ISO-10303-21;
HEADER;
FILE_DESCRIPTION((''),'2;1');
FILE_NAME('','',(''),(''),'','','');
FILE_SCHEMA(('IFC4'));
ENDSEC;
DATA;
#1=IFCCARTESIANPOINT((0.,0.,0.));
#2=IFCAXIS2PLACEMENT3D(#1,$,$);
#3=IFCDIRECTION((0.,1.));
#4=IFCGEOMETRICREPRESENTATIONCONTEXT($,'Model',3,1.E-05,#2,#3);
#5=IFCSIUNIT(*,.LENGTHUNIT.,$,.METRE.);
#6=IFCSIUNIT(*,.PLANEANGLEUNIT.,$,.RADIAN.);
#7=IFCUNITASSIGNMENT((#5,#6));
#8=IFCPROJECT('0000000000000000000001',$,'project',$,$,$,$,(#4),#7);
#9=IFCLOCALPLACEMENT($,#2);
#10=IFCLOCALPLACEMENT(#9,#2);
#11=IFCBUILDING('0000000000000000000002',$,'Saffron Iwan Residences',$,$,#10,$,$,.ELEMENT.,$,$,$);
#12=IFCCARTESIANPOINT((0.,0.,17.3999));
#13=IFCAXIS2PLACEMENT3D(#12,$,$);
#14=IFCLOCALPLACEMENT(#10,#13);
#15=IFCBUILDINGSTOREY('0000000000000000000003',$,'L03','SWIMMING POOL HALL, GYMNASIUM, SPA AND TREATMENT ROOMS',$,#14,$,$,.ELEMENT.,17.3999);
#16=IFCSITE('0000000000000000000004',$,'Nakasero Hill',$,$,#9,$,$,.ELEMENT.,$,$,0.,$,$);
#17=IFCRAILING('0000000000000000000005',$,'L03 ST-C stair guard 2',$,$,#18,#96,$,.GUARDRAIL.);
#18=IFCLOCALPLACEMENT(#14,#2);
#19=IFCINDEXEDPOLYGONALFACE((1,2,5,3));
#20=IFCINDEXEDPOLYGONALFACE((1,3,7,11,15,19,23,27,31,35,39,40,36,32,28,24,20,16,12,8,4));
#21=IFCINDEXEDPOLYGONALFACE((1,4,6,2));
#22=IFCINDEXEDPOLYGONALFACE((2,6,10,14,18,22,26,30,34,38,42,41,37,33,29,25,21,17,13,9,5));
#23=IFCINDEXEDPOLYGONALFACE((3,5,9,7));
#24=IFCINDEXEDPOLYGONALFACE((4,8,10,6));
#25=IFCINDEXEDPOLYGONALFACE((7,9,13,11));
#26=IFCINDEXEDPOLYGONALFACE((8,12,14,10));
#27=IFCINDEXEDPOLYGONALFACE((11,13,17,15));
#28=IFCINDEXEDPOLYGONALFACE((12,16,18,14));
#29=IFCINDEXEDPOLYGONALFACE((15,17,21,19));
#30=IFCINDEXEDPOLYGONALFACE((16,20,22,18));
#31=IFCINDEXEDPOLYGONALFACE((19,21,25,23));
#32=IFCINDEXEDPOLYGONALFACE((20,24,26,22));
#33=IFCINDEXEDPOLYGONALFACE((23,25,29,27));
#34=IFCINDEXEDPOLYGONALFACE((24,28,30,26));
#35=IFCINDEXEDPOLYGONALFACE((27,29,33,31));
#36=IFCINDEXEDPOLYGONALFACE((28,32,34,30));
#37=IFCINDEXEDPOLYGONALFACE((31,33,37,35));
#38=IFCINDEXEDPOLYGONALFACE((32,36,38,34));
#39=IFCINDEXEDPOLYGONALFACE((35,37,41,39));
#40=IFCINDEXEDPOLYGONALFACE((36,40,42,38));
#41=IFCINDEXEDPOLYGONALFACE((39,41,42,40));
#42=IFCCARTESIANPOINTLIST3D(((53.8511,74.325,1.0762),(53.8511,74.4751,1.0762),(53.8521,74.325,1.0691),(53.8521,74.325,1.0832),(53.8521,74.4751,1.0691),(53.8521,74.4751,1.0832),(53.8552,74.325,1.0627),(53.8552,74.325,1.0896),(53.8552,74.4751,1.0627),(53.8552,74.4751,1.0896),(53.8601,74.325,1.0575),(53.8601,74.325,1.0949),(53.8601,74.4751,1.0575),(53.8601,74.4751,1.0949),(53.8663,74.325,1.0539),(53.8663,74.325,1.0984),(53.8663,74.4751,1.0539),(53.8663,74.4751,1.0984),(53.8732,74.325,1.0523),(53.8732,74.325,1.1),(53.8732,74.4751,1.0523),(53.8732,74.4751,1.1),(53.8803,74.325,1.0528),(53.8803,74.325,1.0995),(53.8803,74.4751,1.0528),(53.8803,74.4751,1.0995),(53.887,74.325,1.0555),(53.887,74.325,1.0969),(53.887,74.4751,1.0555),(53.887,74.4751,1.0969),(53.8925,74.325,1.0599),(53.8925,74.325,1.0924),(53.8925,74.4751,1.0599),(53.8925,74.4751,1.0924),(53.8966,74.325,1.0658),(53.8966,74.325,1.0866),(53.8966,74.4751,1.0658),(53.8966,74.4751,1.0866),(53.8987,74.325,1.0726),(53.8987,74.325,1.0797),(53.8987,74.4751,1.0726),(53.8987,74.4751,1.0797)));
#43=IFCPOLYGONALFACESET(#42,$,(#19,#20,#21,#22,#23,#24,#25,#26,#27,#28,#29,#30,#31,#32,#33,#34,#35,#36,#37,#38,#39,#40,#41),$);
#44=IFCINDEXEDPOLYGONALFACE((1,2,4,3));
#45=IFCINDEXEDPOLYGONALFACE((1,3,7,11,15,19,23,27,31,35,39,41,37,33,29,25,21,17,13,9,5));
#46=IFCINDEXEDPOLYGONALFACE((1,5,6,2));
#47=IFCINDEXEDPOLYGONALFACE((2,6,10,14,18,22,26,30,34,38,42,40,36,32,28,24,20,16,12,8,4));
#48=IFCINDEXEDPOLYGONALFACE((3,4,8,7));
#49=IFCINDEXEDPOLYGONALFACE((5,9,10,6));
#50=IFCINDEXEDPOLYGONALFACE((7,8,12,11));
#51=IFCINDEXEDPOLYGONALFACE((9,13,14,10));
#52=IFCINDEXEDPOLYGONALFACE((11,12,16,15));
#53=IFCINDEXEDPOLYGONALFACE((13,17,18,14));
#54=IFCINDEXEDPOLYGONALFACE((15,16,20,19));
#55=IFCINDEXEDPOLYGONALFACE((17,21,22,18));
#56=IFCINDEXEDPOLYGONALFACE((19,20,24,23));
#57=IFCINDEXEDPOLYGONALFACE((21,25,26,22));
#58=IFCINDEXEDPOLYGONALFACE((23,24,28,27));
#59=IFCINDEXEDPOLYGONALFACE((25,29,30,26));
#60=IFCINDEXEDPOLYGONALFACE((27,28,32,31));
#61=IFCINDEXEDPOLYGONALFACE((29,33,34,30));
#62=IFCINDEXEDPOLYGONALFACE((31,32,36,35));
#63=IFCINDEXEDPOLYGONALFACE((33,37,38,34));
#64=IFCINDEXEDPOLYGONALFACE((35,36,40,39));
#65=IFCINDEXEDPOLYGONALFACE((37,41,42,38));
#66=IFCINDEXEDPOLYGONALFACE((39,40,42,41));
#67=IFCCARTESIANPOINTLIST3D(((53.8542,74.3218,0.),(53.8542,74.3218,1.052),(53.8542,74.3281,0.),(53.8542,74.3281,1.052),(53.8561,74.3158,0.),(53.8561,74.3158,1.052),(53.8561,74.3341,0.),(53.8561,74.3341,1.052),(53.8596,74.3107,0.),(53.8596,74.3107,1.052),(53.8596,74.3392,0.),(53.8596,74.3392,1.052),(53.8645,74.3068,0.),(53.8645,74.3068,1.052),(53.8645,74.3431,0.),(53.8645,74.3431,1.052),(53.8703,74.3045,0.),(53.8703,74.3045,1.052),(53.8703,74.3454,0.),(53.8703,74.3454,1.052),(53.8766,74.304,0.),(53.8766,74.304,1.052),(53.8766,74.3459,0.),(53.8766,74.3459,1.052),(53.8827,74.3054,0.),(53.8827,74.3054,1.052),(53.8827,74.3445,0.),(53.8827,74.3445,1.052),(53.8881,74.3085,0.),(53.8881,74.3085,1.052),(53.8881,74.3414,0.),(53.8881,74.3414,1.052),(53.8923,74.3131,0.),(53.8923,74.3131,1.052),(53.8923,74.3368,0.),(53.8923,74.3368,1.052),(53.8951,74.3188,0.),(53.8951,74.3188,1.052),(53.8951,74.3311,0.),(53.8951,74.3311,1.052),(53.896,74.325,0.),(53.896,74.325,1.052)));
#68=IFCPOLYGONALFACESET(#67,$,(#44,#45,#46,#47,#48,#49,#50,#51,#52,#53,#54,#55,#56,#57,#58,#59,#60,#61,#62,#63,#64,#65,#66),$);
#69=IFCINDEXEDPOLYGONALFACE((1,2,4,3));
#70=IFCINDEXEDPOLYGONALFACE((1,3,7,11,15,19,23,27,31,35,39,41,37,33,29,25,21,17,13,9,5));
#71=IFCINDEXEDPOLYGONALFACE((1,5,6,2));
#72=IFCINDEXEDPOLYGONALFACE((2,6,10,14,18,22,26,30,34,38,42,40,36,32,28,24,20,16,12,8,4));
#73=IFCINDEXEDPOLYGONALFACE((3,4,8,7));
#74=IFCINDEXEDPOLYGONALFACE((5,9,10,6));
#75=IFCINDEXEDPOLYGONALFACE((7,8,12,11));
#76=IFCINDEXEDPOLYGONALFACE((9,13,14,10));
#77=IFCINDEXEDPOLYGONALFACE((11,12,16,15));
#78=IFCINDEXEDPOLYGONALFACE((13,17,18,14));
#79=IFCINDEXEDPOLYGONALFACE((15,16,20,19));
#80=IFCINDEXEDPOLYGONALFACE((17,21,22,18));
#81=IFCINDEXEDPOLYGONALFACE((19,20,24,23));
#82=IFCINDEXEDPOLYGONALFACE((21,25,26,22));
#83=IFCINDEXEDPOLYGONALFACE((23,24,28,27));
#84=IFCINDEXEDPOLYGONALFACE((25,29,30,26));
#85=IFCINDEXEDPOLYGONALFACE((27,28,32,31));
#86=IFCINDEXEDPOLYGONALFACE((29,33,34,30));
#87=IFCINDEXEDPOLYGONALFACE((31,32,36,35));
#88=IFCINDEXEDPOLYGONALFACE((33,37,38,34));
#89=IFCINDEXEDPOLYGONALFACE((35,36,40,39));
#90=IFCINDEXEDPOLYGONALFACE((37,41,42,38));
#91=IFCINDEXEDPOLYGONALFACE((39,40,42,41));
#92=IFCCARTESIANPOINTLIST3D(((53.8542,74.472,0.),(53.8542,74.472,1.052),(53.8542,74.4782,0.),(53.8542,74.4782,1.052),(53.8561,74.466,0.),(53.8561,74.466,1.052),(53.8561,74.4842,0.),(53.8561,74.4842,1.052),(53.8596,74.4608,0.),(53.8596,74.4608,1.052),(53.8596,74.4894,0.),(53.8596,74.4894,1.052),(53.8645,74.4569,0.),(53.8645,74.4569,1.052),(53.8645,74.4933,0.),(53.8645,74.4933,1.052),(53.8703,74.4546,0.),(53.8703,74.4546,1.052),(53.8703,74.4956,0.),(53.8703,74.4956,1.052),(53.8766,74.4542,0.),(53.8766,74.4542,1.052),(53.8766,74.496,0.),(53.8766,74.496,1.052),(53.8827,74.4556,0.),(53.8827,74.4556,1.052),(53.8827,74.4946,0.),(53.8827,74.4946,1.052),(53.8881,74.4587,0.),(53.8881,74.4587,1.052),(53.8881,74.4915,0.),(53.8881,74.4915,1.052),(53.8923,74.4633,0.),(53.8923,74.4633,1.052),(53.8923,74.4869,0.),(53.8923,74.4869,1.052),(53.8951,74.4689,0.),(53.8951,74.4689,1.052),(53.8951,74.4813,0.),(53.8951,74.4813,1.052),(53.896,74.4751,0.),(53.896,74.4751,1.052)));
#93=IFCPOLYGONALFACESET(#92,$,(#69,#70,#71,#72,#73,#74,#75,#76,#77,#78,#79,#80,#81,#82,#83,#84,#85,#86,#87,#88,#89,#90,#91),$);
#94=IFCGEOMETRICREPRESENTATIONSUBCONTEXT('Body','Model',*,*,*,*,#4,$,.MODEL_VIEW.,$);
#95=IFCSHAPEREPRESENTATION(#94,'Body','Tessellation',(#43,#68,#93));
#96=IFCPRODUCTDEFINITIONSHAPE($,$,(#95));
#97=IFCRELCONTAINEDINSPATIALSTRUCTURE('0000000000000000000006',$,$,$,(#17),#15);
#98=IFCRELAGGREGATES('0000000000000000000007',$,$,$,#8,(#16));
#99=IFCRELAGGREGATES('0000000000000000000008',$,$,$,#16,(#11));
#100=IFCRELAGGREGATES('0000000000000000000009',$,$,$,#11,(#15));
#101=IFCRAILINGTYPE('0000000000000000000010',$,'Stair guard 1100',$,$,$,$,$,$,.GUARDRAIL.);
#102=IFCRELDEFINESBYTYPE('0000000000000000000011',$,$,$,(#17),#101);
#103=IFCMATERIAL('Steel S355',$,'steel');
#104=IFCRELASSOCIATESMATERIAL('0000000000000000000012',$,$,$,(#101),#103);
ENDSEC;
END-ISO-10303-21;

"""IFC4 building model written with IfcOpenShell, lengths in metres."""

from ifc_helpers import new_model, si_unit, direction, frame, origin, origin_2d, place, context, subcontext, project, spatial, circle, extrude, material, type_object, element, save


model = new_model("IFC4")

# Units and contexts
model_context = context("Model", 3, precision=1e-05, world=origin(), true_north=direction((0.0, 1.0)))
body_context = subcontext(model_context, "Body", "Model", "MODEL_VIEW")
ifc_project = project(units=[si_unit("LENGTHUNIT", "METRE"), si_unit("PLANEANGLEUNIT", "RADIAN")], contexts=[model_context])

# Site, building, storey
site_placement = place(None, origin())
site = spatial("IfcSite", under=ifc_project, at=site_placement, Name="Nakasero Hill", CompositionType="ELEMENT", RefElevation=0.0)
building_placement = place(site_placement, origin())
building = spatial("IfcBuilding", under=site, at=building_placement, Name="Saffron Iwan Residences", CompositionType="ELEMENT")
storey_placement = place(building_placement, frame((0.0, 0.0, 17.3999)))
storey = spatial("IfcBuildingStorey", under=building, at=storey_placement, Name="L03", Description="SWIMMING POOL HALL, GYMNASIUM, SPA AND TREATMENT ROOMS", CompositionType="ELEMENT", Elevation=17.3999)

# Railing
ifc_material_1 = material(Name="Steel S355", Category="steel")
railing_type_1 = type_object("IfcRailingType", Name="Stair guard 1100", PredefinedType="GUARDRAIL", material=ifc_material_1)
railing_1_placement = place(storey_placement, frame((53.875, 74.325, 0.0)))
element("IfcRailing", 1, at=railing_1_placement, inside=storey, type_object=railing_type_1, Name="L03 ST-C stair guard 2", PredefinedType="GUARDRAIL", context=body_context, shape_type="SweptSolid", body=[
    extrude(circle(Radius=0.0239, at=origin_2d()), frame((0.0, 0.0, 1.0762), z_axis=(0.0, 1.0, 0.0), x_axis=(-1.0, 0.0, 0.0)), (0.0, 0.0, 1.0), 0.1501),
    extrude(circle(Radius=0.021, at=origin_2d()), origin(), (0.0, 0.0, 1.0), 1.052),
    extrude(circle(Radius=0.021, at=origin_2d()), frame((0.0, 0.1501, 0.0)), (0.0, 0.0, 1.0), 1.052),
])

save(model, "model.ifc")
